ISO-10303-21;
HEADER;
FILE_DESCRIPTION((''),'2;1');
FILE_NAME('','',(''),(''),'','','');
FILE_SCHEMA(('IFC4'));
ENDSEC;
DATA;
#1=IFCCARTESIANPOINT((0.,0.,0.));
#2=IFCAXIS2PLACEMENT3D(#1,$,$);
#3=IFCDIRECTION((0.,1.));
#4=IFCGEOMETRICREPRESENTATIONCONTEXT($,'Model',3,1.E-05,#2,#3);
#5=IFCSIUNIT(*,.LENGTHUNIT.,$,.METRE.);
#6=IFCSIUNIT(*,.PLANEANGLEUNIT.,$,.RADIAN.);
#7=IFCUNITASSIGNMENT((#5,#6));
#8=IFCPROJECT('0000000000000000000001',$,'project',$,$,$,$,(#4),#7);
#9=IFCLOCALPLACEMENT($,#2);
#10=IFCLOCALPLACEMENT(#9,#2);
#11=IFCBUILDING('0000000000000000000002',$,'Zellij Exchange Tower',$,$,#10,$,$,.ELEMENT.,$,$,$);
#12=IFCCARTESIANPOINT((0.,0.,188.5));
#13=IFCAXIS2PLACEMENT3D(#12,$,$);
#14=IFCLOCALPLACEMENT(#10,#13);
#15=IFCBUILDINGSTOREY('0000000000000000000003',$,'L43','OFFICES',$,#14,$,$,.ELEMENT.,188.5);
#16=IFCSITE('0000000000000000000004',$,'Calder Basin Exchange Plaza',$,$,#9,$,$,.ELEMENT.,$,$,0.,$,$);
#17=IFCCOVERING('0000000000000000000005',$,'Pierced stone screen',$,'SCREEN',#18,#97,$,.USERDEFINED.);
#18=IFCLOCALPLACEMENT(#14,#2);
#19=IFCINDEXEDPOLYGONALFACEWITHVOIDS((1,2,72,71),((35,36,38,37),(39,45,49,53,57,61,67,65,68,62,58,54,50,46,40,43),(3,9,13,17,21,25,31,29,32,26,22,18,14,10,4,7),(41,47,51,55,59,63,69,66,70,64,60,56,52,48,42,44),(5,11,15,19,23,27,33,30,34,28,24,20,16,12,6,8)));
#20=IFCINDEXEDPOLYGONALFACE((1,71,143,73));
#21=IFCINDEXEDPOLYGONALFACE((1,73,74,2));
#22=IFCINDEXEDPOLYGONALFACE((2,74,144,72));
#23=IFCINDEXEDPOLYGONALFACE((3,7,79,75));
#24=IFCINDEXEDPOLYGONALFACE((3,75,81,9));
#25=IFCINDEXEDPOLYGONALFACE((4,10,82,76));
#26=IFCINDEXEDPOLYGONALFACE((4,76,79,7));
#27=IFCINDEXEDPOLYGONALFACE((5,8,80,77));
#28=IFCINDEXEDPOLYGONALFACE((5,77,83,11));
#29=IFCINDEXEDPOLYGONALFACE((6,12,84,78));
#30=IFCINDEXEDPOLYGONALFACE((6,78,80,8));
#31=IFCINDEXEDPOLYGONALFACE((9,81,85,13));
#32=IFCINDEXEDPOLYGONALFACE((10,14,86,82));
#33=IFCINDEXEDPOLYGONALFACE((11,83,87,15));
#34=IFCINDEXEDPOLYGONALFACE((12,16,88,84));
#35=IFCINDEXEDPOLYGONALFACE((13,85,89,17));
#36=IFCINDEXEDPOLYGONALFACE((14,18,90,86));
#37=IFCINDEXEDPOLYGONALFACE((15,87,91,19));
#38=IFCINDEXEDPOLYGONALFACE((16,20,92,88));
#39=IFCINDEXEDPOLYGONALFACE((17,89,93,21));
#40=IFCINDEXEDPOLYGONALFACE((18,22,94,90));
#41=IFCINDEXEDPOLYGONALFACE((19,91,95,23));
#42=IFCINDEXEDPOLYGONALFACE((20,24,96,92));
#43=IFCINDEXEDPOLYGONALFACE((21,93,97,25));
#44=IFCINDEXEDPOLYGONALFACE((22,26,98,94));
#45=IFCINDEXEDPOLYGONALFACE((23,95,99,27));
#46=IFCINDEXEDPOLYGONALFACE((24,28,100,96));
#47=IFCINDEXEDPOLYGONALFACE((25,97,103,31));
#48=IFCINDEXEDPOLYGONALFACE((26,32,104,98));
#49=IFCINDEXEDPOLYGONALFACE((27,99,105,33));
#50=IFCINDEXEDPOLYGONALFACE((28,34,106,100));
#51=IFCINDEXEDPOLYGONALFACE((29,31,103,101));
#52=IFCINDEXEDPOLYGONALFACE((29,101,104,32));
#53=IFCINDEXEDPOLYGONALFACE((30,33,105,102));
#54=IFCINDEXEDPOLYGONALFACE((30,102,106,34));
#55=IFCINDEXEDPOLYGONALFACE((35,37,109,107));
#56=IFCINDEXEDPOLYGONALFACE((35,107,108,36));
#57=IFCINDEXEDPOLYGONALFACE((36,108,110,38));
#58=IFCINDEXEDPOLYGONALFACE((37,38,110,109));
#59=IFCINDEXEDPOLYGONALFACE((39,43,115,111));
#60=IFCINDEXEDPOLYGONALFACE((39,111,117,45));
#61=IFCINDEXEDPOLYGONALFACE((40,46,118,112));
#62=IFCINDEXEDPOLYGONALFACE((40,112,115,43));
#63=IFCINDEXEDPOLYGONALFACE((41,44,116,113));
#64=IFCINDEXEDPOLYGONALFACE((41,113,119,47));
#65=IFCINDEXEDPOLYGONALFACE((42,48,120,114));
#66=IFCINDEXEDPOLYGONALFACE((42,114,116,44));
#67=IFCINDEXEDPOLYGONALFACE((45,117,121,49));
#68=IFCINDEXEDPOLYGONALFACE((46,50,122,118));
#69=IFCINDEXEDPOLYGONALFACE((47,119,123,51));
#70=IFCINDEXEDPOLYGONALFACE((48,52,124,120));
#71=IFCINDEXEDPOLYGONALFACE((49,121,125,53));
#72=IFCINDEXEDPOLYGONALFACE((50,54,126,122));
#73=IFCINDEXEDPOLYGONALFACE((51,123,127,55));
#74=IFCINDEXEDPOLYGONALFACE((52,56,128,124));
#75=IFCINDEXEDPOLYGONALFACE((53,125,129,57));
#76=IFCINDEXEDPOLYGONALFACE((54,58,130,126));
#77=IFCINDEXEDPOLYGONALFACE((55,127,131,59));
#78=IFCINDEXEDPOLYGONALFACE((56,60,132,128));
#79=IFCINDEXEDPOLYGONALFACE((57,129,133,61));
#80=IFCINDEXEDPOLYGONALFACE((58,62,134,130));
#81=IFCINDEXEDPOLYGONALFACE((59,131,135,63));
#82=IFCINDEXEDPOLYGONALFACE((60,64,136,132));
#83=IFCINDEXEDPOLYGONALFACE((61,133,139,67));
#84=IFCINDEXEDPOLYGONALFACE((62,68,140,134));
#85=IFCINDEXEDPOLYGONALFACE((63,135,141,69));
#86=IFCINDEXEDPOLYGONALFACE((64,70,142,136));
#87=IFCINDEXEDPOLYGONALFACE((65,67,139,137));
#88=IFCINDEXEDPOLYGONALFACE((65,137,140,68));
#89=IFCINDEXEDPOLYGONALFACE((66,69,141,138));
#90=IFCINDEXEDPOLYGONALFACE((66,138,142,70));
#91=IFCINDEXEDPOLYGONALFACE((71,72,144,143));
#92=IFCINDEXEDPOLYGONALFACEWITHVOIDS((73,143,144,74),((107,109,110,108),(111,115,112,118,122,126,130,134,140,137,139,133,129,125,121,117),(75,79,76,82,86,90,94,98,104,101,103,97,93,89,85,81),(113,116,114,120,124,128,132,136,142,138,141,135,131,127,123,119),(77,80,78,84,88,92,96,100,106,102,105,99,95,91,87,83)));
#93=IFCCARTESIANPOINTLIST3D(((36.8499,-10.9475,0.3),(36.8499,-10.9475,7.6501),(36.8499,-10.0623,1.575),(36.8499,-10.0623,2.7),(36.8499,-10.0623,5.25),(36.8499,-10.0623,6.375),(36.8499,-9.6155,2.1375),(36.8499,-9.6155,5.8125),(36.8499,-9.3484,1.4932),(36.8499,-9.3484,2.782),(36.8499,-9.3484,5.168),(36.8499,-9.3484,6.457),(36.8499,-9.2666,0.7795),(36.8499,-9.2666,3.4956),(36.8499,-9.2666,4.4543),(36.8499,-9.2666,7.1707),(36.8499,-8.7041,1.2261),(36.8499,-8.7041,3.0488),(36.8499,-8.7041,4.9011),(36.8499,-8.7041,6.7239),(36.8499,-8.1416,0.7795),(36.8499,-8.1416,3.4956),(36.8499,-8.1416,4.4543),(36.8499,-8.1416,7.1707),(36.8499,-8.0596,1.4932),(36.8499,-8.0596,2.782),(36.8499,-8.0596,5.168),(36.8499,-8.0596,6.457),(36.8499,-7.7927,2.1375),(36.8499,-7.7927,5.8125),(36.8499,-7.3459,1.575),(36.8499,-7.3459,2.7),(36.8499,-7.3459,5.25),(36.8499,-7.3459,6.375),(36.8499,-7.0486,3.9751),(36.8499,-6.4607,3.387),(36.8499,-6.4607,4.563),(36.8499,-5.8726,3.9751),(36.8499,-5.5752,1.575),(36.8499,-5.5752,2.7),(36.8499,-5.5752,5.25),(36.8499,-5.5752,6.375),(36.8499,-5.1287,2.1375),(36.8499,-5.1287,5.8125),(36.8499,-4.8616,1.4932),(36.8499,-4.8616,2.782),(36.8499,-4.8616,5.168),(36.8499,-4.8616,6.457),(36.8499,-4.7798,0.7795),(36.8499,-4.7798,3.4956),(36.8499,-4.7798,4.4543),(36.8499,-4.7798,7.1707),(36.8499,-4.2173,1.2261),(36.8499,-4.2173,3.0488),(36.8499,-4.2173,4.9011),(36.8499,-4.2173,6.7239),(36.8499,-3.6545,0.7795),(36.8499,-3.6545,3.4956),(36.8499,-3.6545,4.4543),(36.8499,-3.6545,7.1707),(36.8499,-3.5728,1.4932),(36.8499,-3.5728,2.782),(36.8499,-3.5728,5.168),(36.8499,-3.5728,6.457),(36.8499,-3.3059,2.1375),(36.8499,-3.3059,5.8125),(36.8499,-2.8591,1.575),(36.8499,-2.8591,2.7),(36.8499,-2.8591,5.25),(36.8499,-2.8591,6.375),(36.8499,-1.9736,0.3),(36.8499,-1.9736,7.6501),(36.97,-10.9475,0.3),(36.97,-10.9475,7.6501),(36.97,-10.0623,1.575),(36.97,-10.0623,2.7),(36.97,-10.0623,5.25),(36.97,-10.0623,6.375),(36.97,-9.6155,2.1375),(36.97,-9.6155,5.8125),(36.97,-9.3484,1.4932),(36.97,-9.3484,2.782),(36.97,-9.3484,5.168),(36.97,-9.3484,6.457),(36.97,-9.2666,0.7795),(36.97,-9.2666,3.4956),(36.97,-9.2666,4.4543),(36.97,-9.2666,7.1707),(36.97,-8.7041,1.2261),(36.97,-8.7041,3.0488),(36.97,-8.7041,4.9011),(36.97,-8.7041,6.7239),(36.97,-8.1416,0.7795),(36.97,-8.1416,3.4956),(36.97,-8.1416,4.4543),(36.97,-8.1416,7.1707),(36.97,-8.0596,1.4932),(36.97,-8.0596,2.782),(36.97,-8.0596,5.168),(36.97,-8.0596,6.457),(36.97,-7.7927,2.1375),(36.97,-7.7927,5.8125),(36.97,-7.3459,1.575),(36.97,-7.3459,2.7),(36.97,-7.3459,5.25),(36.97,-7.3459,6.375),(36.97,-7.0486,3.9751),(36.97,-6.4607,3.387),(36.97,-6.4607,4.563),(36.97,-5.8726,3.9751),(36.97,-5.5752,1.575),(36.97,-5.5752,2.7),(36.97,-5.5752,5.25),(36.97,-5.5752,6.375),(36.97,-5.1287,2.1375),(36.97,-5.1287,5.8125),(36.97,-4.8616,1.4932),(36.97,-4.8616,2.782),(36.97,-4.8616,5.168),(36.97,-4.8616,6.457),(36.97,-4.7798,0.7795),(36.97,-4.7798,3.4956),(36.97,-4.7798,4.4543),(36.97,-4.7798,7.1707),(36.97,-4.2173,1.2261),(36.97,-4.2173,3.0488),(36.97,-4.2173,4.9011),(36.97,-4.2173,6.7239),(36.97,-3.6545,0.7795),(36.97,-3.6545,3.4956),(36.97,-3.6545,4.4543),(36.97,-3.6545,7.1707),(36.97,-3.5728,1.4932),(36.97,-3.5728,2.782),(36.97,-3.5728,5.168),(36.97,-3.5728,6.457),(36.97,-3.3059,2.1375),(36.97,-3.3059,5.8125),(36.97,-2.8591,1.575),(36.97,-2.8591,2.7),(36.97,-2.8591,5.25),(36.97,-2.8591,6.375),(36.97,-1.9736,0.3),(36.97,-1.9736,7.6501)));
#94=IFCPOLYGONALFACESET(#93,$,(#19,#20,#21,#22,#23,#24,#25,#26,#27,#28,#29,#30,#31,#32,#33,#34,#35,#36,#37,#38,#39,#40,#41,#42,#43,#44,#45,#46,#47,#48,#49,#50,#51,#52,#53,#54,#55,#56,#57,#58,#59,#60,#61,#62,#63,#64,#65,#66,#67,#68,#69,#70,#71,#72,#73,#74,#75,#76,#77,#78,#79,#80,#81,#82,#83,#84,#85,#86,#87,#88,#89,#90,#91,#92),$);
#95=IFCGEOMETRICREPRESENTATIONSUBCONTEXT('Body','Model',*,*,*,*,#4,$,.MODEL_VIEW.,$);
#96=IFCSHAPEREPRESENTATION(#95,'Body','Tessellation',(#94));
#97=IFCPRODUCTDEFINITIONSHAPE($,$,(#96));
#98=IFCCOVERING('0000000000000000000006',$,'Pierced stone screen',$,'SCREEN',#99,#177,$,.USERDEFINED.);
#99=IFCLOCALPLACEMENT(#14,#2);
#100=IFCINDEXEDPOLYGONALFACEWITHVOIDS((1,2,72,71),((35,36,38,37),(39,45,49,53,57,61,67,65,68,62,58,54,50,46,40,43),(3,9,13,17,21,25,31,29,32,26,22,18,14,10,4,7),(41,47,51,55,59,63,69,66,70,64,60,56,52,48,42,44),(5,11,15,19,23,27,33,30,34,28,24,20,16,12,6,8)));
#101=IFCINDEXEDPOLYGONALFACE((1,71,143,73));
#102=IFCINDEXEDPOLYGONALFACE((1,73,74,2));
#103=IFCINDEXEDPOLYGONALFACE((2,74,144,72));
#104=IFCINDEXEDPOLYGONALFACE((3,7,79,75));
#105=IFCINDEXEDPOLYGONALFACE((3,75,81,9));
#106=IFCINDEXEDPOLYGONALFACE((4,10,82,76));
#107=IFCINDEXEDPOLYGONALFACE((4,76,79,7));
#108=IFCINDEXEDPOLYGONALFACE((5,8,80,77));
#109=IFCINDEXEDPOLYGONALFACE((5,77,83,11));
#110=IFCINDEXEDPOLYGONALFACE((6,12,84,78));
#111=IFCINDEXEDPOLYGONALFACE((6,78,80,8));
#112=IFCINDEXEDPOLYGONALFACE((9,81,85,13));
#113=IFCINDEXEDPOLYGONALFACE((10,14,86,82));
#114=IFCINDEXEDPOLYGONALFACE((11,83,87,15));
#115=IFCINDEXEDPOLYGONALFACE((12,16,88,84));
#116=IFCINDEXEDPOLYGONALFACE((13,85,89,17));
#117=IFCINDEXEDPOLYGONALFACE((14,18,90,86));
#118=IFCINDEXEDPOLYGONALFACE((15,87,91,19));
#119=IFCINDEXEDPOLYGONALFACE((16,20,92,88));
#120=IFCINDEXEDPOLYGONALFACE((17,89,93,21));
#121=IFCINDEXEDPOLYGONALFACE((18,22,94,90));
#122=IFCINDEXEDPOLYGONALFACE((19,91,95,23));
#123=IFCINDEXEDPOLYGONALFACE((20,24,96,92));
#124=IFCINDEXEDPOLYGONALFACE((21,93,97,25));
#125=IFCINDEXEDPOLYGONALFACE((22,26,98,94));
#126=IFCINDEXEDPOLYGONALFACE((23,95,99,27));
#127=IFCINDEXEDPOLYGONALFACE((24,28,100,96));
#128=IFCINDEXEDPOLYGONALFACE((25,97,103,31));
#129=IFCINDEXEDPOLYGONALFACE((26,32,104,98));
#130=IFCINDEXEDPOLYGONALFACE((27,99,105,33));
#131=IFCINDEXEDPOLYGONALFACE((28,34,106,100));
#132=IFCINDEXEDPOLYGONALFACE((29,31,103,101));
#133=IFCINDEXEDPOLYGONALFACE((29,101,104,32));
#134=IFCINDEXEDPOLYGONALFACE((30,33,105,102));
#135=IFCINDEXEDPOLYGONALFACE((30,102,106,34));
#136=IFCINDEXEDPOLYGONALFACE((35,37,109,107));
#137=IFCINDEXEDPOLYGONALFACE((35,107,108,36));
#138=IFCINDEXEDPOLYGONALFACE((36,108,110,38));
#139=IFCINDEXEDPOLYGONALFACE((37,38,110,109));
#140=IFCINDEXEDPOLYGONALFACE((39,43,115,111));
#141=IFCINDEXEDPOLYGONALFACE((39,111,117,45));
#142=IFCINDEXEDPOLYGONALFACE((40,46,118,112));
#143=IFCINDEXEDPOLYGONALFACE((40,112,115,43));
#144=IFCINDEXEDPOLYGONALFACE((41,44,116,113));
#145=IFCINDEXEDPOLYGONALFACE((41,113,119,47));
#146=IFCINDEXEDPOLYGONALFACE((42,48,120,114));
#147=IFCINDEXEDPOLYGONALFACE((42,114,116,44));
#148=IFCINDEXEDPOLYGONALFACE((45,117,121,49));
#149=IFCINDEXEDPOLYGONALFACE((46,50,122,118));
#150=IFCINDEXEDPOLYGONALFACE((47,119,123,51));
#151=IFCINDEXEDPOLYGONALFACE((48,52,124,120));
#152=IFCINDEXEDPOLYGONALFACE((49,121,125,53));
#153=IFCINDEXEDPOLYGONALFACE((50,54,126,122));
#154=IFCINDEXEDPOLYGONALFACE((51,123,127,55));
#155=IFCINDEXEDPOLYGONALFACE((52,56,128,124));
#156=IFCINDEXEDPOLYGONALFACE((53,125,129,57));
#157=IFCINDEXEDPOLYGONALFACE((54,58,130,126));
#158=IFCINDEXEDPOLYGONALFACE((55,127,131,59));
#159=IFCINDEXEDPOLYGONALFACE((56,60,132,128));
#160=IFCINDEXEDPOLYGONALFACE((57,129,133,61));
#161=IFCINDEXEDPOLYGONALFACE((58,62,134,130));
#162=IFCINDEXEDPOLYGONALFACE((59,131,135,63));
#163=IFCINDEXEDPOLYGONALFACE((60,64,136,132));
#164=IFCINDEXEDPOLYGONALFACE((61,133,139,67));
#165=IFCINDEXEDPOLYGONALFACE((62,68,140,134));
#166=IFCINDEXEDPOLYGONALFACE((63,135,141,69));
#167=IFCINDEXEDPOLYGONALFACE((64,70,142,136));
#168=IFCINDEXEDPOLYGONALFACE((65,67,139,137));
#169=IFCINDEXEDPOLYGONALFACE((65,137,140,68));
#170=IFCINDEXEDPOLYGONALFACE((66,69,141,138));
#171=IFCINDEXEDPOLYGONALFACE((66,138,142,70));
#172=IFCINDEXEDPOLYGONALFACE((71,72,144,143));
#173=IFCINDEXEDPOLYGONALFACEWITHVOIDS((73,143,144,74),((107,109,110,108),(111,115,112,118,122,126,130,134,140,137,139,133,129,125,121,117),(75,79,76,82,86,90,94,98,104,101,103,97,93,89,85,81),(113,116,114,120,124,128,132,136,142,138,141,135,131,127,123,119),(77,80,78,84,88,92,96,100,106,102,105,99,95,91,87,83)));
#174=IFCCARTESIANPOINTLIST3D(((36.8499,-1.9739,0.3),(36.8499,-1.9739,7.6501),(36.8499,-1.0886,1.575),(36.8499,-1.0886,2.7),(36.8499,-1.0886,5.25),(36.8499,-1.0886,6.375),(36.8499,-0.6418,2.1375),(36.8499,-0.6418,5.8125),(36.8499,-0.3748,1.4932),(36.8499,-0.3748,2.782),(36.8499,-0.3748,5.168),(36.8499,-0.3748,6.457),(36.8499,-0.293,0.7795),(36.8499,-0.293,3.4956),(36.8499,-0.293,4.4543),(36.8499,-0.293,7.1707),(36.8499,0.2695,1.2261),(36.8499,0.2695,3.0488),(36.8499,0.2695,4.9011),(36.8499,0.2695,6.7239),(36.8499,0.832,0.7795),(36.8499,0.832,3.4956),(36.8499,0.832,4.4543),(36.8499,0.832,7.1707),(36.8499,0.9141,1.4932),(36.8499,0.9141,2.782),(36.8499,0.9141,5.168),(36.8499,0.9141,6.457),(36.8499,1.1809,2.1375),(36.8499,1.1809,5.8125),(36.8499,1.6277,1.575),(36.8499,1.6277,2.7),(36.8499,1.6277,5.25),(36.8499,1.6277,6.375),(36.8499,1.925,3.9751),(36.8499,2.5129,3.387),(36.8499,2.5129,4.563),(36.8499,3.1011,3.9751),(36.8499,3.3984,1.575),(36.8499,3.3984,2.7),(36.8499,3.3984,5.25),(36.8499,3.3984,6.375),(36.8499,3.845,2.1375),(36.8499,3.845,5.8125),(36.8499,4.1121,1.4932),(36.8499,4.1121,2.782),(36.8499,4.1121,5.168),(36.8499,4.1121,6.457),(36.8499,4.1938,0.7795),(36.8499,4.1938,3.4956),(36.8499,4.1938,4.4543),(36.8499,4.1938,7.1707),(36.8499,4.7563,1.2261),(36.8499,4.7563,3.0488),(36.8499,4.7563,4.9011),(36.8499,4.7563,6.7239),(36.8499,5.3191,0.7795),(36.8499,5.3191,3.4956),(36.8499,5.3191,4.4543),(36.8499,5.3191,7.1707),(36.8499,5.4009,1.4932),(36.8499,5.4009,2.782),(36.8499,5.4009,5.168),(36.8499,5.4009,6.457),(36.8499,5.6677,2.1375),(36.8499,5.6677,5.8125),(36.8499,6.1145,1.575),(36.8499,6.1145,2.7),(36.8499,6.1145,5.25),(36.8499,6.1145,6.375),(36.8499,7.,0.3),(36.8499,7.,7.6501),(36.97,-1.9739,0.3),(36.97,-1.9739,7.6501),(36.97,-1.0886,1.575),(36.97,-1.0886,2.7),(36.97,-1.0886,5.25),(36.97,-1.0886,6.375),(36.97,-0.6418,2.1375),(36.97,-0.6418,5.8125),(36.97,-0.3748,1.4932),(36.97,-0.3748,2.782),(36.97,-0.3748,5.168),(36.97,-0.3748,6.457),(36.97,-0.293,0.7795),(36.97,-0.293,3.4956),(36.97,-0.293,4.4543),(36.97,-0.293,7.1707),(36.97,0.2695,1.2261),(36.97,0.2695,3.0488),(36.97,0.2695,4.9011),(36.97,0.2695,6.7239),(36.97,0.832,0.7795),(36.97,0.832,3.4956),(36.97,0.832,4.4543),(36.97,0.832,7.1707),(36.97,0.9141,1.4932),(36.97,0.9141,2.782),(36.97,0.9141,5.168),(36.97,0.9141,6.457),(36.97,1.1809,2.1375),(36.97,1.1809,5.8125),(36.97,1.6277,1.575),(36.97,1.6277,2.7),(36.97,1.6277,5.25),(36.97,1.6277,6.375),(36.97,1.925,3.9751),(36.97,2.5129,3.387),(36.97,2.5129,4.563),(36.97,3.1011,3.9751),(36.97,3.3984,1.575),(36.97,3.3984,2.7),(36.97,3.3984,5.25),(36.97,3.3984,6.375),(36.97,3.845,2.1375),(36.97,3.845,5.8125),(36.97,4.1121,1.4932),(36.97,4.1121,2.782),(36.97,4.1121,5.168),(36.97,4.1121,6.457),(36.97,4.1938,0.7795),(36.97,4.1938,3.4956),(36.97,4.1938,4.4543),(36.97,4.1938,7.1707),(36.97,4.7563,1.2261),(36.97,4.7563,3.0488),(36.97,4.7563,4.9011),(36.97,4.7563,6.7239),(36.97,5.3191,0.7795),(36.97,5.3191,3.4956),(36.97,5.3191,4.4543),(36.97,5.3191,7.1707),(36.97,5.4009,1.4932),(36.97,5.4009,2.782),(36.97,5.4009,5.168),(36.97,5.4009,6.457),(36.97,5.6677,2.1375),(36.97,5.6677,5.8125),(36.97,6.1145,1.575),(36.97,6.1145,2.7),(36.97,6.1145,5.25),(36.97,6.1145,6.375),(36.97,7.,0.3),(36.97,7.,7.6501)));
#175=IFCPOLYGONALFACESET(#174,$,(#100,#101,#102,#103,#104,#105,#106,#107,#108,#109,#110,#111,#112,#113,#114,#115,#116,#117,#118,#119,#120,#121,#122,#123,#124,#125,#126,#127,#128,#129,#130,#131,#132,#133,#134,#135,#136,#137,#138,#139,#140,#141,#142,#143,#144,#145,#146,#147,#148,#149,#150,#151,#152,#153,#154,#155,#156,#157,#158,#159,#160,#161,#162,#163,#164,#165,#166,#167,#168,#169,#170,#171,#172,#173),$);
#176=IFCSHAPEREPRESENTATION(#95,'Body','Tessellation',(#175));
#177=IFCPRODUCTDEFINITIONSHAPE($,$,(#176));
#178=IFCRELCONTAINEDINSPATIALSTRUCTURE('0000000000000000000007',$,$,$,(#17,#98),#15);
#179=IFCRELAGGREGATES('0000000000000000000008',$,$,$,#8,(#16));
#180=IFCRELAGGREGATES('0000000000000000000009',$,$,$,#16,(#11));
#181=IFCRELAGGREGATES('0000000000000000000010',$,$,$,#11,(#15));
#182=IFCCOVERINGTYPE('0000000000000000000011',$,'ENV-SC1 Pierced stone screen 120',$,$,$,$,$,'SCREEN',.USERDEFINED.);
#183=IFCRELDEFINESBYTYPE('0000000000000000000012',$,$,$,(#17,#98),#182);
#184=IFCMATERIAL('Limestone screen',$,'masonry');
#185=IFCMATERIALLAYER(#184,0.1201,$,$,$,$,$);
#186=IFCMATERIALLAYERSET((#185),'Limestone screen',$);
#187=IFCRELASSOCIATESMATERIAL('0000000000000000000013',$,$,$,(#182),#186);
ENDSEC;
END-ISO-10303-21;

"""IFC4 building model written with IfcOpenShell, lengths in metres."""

from ifc_helpers import new_model, si_unit, direction, frame, origin, place, context, subcontext, project, spatial, polyline, outline, extrude, material, layer, layer_set, type_object, element, save


model = new_model("IFC4")

# Units and contexts
model_context = context("Model", 3, precision=1e-05, world=origin(), true_north=direction((0.0, 1.0)))
body_context = subcontext(model_context, "Body", "Model", "MODEL_VIEW")
ifc_project = project(units=[si_unit("LENGTHUNIT", "METRE"), si_unit("PLANEANGLEUNIT", "RADIAN")], contexts=[model_context])

# Site, building, storey
site_placement = place(None, origin())
site = spatial("IfcSite", under=ifc_project, at=site_placement, Name="Calder Basin Exchange Plaza", CompositionType="ELEMENT", RefElevation=0.0)
building_placement = place(site_placement, origin())
building = spatial("IfcBuilding", under=site, at=building_placement, Name="Zellij Exchange Tower", CompositionType="ELEMENT")
storey_placement = place(building_placement, frame((0.0, 0.0, 188.5)))
storey = spatial("IfcBuildingStorey", under=building, at=storey_placement, Name="L43", Description="OFFICES", CompositionType="ELEMENT", Elevation=188.5)

# Coverings
ifc_material_1 = material(Name="Limestone screen", Category="masonry")
ifc_layer_1 = layer(ifc_material_1, 0.1201)
ifc_layer_set_1 = layer_set([ifc_layer_1], Name="Limestone screen")
covering_type = type_object("IfcCoveringType", Name="ENV-SC1 Pierced stone screen 120", ElementType="SCREEN", PredefinedType="USERDEFINED", material=ifc_layer_set_1)
covering_1_placement = place(storey_placement, frame((36.9099, -10.9475, 0.3), z_axis=(0.0, 0.0, 1.0), x_axis=(0.0, 1.0, 0.0)))
element("IfcCovering", 1, at=covering_1_placement, inside=storey, type_object=covering_type, Name="Pierced stone screen", ObjectType="SCREEN", PredefinedType="USERDEFINED", context=body_context, shape_type="SweptSolid", body=[
    extrude(outline(polyline([(0.0, 0.0), (8.9739, 0.0), (8.9739, 7.3501), (0.0, 7.3501), (0.0, 0.0)]), holes=[polyline([(3.6016, 2.3999), (2.8879, 2.4819), (2.8059, 3.1956), (2.2434, 2.7488), (1.6809, 3.1956), (1.5991, 2.4819), (0.8853, 2.3999), (1.332, 1.8374), (0.8853, 1.2749), (1.5991, 1.1931), (1.6809, 0.4795), (2.2434, 0.926), (2.8059, 0.4795), (2.8879, 1.1931), (3.6016, 1.2749), (3.1548, 1.8374), (3.6016, 2.3999)]), polyline([(3.6016, 6.075), (2.8879, 6.157), (2.8059, 6.8706), (2.2434, 6.4238), (1.6809, 6.8706), (1.5991, 6.157), (0.8853, 6.075), (1.332, 5.5125), (0.8853, 4.95), (1.5991, 4.8679), (1.6809, 4.1543), (2.2434, 4.6011), (2.8059, 4.1543), (2.8879, 4.8679), (3.6016, 4.95), (3.1548, 5.5125), (3.6016, 6.075)]), polyline([(8.0884, 2.3999), (7.3748, 2.4819), (7.293, 3.1956), (6.7302, 2.7488), (6.1677, 3.1956), (6.0859, 2.4819), (5.3723, 2.3999), (5.8188, 1.8374), (5.3723, 1.2749), (6.0859, 1.1931), (6.1677, 0.4795), (6.7302, 0.926), (7.293, 0.4795), (7.3748, 1.1931), (8.0884, 1.2749), (7.6416, 1.8374), (8.0884, 2.3999)]), polyline([(8.0884, 6.075), (7.3748, 6.157), (7.293, 6.8706), (6.7302, 6.4238), (6.1677, 6.8706), (6.0859, 6.157), (5.3723, 6.075), (5.8188, 5.5125), (5.3723, 4.95), (6.0859, 4.8679), (6.1677, 4.1543), (6.7302, 4.6011), (7.293, 4.1543), (7.3748, 4.8679), (8.0884, 4.95), (7.6416, 5.5125), (8.0884, 6.075)]), polyline([(5.075, 3.675), (4.4868, 4.2629), (3.8989, 3.675), (4.4868, 3.0869), (5.075, 3.675)])]), frame((0.0, 0.0601, 0.0), z_axis=(0.0, -1.0, 0.0), x_axis=(1.0, 0.0, 0.0)), (0.0, 0.0, 1.0), 0.1201),
])
covering_2_placement = place(storey_placement, frame((36.9099, -1.9739, 0.3), z_axis=(0.0, 0.0, 1.0), x_axis=(0.0, 1.0, 0.0)))
element("IfcCovering", 2, at=covering_2_placement, inside=storey, type_object=covering_type, Name="Pierced stone screen", ObjectType="SCREEN", PredefinedType="USERDEFINED", context=body_context, shape_type="SweptSolid", body=[
    extrude(outline(polyline([(0.0, 0.0), (8.9739, 0.0), (8.9739, 7.3501), (0.0, 7.3501), (0.0, 0.0)]), holes=[polyline([(3.6016, 2.3999), (2.8879, 2.4819), (2.8059, 3.1956), (2.2434, 2.7488), (1.6809, 3.1956), (1.5991, 2.4819), (0.8853, 2.3999), (1.332, 1.8374), (0.8853, 1.2749), (1.5991, 1.1931), (1.6809, 0.4795), (2.2434, 0.926), (2.8059, 0.4795), (2.8879, 1.1931), (3.6016, 1.2749), (3.1548, 1.8374), (3.6016, 2.3999)]), polyline([(3.6016, 6.075), (2.8879, 6.157), (2.8059, 6.8706), (2.2434, 6.4238), (1.6809, 6.8706), (1.5991, 6.157), (0.8853, 6.075), (1.332, 5.5125), (0.8853, 4.95), (1.5991, 4.8679), (1.6809, 4.1543), (2.2434, 4.6011), (2.8059, 4.1543), (2.8879, 4.8679), (3.6016, 4.95), (3.1548, 5.5125), (3.6016, 6.075)]), polyline([(8.0884, 2.3999), (7.3748, 2.4819), (7.293, 3.1956), (6.7302, 2.7488), (6.1677, 3.1956), (6.0859, 2.4819), (5.3723, 2.3999), (5.8188, 1.8374), (5.3723, 1.2749), (6.0859, 1.1931), (6.1677, 0.4795), (6.7302, 0.926), (7.293, 0.4795), (7.3748, 1.1931), (8.0884, 1.2749), (7.6416, 1.8374), (8.0884, 2.3999)]), polyline([(8.0884, 6.075), (7.3748, 6.157), (7.293, 6.8706), (6.7302, 6.4238), (6.1677, 6.8706), (6.0859, 6.157), (5.3723, 6.075), (5.8188, 5.5125), (5.3723, 4.95), (6.0859, 4.8679), (6.1677, 4.1543), (6.7302, 4.6011), (7.293, 4.1543), (7.3748, 4.8679), (8.0884, 4.95), (7.6416, 5.5125), (8.0884, 6.075)]), polyline([(5.075, 3.675), (4.4868, 4.2629), (3.8989, 3.675), (4.4868, 3.0869), (5.075, 3.675)])]), frame((0.0, 0.0601, 0.0), z_axis=(0.0, -1.0, 0.0), x_axis=(1.0, 0.0, 0.0)), (0.0, 0.0, 1.0), 0.1201),
])

save(model, "model.ifc")
